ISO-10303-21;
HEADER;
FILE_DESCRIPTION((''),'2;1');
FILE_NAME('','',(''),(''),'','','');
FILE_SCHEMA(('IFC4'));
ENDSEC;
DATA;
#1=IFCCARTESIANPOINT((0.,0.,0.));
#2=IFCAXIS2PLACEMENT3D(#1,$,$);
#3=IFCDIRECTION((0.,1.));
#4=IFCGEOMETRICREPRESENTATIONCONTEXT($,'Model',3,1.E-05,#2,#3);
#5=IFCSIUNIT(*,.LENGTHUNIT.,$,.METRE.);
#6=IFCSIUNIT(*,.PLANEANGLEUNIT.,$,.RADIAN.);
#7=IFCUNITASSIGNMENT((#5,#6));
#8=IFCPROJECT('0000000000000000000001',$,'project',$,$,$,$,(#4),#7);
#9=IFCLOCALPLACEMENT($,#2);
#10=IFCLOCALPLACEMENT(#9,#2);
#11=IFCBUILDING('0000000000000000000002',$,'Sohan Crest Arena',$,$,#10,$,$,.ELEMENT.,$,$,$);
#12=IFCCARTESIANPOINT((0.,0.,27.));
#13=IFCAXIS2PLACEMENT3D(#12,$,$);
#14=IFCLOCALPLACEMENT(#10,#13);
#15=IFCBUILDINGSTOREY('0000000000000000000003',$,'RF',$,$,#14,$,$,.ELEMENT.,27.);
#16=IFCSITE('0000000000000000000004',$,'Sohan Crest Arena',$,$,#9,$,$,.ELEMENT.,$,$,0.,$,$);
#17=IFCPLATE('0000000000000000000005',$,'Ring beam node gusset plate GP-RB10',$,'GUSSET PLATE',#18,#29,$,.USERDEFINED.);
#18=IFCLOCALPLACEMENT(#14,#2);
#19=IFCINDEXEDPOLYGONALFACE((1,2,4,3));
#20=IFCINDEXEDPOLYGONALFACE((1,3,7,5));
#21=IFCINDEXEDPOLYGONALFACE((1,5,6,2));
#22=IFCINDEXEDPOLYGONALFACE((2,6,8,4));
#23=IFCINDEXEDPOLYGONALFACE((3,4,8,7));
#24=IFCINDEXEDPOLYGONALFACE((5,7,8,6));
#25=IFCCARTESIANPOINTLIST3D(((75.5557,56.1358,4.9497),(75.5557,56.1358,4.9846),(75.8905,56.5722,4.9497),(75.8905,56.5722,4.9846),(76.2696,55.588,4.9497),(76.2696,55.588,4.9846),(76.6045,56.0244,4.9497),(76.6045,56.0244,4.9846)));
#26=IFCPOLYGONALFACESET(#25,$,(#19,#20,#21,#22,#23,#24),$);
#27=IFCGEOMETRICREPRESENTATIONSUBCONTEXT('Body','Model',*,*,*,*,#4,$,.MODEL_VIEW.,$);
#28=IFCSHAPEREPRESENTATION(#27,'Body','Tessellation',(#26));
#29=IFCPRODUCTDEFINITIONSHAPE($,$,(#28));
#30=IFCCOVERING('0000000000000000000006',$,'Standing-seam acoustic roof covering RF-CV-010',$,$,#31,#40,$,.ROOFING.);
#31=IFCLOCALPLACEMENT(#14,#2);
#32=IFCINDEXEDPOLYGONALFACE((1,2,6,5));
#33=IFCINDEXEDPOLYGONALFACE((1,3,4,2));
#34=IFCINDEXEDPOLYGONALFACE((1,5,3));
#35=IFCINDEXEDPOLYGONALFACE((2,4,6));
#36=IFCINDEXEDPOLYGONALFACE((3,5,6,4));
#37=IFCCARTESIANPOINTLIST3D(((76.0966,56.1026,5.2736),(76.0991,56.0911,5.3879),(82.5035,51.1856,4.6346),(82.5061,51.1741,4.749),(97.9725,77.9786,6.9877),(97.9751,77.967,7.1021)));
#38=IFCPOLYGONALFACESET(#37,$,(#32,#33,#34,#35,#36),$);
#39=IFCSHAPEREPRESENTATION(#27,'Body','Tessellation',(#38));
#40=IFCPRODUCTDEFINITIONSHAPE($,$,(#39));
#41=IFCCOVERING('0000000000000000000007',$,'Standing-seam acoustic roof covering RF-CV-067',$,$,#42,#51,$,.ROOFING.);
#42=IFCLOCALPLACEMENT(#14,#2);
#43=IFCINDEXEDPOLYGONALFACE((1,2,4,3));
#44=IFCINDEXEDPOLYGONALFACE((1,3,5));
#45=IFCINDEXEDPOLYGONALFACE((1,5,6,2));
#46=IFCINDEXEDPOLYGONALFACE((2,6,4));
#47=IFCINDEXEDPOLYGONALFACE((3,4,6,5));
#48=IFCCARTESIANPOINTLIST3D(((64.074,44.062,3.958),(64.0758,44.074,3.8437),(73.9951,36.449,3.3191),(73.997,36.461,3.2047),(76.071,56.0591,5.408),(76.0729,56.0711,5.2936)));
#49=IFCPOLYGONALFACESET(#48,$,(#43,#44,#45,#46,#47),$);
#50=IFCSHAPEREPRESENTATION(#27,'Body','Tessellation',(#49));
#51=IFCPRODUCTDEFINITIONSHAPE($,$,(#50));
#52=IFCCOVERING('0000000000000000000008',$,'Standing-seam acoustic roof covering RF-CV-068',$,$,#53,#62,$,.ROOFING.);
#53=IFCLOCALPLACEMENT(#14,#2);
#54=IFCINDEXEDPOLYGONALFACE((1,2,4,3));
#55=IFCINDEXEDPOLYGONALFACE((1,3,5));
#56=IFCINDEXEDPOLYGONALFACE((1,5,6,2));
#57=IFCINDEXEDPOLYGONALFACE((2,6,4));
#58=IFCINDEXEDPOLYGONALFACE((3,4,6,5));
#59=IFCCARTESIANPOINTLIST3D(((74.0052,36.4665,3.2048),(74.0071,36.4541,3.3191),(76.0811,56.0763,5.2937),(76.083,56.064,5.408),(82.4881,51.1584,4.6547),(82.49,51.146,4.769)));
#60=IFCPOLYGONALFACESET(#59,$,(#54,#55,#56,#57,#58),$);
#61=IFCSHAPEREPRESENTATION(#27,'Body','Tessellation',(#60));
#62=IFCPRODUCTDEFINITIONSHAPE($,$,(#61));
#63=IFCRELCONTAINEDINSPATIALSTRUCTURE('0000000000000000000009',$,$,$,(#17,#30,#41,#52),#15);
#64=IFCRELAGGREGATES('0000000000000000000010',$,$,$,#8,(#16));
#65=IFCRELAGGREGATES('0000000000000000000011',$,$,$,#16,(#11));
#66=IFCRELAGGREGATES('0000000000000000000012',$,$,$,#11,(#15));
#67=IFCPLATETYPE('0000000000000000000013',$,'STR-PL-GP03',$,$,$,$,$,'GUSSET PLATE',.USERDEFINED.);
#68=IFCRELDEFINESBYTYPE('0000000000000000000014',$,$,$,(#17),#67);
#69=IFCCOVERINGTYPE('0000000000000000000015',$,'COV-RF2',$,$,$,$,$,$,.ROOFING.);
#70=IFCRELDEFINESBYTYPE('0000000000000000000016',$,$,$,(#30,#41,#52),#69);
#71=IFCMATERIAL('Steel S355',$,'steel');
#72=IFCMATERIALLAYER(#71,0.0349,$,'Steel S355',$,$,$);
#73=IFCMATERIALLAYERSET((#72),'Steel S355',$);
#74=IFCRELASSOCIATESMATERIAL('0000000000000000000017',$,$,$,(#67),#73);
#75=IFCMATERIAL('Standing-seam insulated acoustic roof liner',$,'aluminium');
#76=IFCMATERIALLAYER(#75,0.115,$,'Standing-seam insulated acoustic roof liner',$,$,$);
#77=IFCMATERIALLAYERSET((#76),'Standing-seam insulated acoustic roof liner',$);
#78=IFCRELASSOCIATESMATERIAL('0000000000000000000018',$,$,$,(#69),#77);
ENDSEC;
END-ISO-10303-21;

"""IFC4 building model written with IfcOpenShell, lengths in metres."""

from ifc_helpers import new_model, si_unit, direction, frame, origin, origin_2d, place, context, subcontext, project, spatial, polyline, rectangle, outline, extrude, material, layer, layer_set, type_object, element, save


model = new_model("IFC4")

# Units and contexts
model_context = context("Model", 3, precision=1e-05, world=origin(), true_north=direction((0.0, 1.0)))
body_context = subcontext(model_context, "Body", "Model", "MODEL_VIEW")
ifc_project = project(units=[si_unit("LENGTHUNIT", "METRE"), si_unit("PLANEANGLEUNIT", "RADIAN")], contexts=[model_context])

# Site, building, storey
site_placement = place(None, origin())
site = spatial("IfcSite", under=ifc_project, at=site_placement, Name="Sohan Crest Arena", CompositionType="ELEMENT", RefElevation=0.0)
building_placement = place(site_placement, origin())
building = spatial("IfcBuilding", under=site, at=building_placement, Name="Sohan Crest Arena", CompositionType="ELEMENT")
storey_placement = place(building_placement, frame((0.0, 0.0, 27.0)))
storey = spatial("IfcBuildingStorey", under=building, at=storey_placement, Name="RF", CompositionType="ELEMENT", Elevation=27.0)

# Shared definitions
ifc_material_1 = material(Name="Steel S355", Category="steel")

# Plate
ifc_layer_1 = layer(ifc_material_1, 0.0349, Name="Steel S355")
ifc_layer_set_1 = layer_set([ifc_layer_1], Name="Steel S355")
plate_type_1 = type_object("IfcPlateType", Name="STR-PL-GP03", ElementType="GUSSET PLATE", PredefinedType="USERDEFINED", material=ifc_layer_set_1)
plate_1_placement = place(storey_placement, frame((76.0801, 56.0801, 4.9497), z_axis=(0.0, 0.0, 1.0), x_axis=(-0.793353, 0.608761, 0.0)))
element("IfcPlate", 1, at=plate_1_placement, inside=storey, type_object=plate_type_1, Name="Ring beam node gusset plate GP-RB10", ObjectType="GUSSET PLATE", PredefinedType="USERDEFINED", context=body_context, shape_type="SweptSolid", body=[
    extrude(rectangle(XDim=0.8999, YDim=0.55, at=origin_2d()), origin(), (0.0, 0.0, 1.0), 0.0349),
])

# Coverings
ifc_material_2 = material(Name="Standing-seam insulated acoustic roof liner", Category="aluminium")
ifc_layer_2 = layer(ifc_material_2, 0.115, Name="Standing-seam insulated acoustic roof liner")
ifc_layer_set_2 = layer_set([ifc_layer_2], Name="Standing-seam insulated acoustic roof liner")
covering_type = type_object("IfcCoveringType", Name="COV-RF2", PredefinedType="ROOFING", material=ifc_layer_set_2)
covering_1_placement = place(storey_placement, frame((76.0991, 56.0911, 5.3879), z_axis=(0.02228, -0.100222, 0.994716), x_axis=(0.790838, -0.606923, -0.078864)))
element("IfcCovering", 2, at=covering_1_placement, inside=storey, type_object=covering_type, Name="Standing-seam acoustic roof covering RF-CV-010", PredefinedType="ROOFING", context=body_context, shape_type="SweptSolid", body=[
    extrude(outline(polyline([(0.0, 0.0), (8.1015, 0.0), (3.8881, 30.7398), (0.0, 0.0)])), origin(), (0.0, 0.0, -1.0), 0.115),
])
covering_2_placement = place(storey_placement, frame((76.071, 56.0591, 5.408), z_axis=(-0.015947, -0.104238, 0.994425), x_axis=(-0.704539, -0.704539, -0.08515)))
element("IfcCovering", 3, at=covering_2_placement, inside=storey, type_object=covering_type, Name="Standing-seam acoustic roof covering RF-CV-067", PredefinedType="ROOFING", context=body_context, shape_type="SweptSolid", body=[
    extrude(outline(polyline([(0.0, 0.0), (17.0283, 0.0), (15.4565, 12.4228), (0.0, 0.0)])), origin(), (0.0, 0.0, -1.0), 0.115),
])
covering_3_placement = place(storey_placement, frame((76.083, 56.064, 5.408), z_axis=(0.016508, -0.107635, 0.994053), x_axis=(-0.104687, -0.988911, -0.10534)))
element("IfcCovering", 4, at=covering_3_placement, inside=storey, type_object=covering_type, Name="Standing-seam acoustic roof covering RF-CV-068", PredefinedType="ROOFING", context=body_context, shape_type="SweptSolid", body=[
    extrude(outline(polyline([(0.0, 0.0), (19.8298, 0.0), (4.26, 6.8918), (0.0, 0.0)])), origin(), (0.0, 0.0, -1.0), 0.115),
])

save(model, "model.ifc")
